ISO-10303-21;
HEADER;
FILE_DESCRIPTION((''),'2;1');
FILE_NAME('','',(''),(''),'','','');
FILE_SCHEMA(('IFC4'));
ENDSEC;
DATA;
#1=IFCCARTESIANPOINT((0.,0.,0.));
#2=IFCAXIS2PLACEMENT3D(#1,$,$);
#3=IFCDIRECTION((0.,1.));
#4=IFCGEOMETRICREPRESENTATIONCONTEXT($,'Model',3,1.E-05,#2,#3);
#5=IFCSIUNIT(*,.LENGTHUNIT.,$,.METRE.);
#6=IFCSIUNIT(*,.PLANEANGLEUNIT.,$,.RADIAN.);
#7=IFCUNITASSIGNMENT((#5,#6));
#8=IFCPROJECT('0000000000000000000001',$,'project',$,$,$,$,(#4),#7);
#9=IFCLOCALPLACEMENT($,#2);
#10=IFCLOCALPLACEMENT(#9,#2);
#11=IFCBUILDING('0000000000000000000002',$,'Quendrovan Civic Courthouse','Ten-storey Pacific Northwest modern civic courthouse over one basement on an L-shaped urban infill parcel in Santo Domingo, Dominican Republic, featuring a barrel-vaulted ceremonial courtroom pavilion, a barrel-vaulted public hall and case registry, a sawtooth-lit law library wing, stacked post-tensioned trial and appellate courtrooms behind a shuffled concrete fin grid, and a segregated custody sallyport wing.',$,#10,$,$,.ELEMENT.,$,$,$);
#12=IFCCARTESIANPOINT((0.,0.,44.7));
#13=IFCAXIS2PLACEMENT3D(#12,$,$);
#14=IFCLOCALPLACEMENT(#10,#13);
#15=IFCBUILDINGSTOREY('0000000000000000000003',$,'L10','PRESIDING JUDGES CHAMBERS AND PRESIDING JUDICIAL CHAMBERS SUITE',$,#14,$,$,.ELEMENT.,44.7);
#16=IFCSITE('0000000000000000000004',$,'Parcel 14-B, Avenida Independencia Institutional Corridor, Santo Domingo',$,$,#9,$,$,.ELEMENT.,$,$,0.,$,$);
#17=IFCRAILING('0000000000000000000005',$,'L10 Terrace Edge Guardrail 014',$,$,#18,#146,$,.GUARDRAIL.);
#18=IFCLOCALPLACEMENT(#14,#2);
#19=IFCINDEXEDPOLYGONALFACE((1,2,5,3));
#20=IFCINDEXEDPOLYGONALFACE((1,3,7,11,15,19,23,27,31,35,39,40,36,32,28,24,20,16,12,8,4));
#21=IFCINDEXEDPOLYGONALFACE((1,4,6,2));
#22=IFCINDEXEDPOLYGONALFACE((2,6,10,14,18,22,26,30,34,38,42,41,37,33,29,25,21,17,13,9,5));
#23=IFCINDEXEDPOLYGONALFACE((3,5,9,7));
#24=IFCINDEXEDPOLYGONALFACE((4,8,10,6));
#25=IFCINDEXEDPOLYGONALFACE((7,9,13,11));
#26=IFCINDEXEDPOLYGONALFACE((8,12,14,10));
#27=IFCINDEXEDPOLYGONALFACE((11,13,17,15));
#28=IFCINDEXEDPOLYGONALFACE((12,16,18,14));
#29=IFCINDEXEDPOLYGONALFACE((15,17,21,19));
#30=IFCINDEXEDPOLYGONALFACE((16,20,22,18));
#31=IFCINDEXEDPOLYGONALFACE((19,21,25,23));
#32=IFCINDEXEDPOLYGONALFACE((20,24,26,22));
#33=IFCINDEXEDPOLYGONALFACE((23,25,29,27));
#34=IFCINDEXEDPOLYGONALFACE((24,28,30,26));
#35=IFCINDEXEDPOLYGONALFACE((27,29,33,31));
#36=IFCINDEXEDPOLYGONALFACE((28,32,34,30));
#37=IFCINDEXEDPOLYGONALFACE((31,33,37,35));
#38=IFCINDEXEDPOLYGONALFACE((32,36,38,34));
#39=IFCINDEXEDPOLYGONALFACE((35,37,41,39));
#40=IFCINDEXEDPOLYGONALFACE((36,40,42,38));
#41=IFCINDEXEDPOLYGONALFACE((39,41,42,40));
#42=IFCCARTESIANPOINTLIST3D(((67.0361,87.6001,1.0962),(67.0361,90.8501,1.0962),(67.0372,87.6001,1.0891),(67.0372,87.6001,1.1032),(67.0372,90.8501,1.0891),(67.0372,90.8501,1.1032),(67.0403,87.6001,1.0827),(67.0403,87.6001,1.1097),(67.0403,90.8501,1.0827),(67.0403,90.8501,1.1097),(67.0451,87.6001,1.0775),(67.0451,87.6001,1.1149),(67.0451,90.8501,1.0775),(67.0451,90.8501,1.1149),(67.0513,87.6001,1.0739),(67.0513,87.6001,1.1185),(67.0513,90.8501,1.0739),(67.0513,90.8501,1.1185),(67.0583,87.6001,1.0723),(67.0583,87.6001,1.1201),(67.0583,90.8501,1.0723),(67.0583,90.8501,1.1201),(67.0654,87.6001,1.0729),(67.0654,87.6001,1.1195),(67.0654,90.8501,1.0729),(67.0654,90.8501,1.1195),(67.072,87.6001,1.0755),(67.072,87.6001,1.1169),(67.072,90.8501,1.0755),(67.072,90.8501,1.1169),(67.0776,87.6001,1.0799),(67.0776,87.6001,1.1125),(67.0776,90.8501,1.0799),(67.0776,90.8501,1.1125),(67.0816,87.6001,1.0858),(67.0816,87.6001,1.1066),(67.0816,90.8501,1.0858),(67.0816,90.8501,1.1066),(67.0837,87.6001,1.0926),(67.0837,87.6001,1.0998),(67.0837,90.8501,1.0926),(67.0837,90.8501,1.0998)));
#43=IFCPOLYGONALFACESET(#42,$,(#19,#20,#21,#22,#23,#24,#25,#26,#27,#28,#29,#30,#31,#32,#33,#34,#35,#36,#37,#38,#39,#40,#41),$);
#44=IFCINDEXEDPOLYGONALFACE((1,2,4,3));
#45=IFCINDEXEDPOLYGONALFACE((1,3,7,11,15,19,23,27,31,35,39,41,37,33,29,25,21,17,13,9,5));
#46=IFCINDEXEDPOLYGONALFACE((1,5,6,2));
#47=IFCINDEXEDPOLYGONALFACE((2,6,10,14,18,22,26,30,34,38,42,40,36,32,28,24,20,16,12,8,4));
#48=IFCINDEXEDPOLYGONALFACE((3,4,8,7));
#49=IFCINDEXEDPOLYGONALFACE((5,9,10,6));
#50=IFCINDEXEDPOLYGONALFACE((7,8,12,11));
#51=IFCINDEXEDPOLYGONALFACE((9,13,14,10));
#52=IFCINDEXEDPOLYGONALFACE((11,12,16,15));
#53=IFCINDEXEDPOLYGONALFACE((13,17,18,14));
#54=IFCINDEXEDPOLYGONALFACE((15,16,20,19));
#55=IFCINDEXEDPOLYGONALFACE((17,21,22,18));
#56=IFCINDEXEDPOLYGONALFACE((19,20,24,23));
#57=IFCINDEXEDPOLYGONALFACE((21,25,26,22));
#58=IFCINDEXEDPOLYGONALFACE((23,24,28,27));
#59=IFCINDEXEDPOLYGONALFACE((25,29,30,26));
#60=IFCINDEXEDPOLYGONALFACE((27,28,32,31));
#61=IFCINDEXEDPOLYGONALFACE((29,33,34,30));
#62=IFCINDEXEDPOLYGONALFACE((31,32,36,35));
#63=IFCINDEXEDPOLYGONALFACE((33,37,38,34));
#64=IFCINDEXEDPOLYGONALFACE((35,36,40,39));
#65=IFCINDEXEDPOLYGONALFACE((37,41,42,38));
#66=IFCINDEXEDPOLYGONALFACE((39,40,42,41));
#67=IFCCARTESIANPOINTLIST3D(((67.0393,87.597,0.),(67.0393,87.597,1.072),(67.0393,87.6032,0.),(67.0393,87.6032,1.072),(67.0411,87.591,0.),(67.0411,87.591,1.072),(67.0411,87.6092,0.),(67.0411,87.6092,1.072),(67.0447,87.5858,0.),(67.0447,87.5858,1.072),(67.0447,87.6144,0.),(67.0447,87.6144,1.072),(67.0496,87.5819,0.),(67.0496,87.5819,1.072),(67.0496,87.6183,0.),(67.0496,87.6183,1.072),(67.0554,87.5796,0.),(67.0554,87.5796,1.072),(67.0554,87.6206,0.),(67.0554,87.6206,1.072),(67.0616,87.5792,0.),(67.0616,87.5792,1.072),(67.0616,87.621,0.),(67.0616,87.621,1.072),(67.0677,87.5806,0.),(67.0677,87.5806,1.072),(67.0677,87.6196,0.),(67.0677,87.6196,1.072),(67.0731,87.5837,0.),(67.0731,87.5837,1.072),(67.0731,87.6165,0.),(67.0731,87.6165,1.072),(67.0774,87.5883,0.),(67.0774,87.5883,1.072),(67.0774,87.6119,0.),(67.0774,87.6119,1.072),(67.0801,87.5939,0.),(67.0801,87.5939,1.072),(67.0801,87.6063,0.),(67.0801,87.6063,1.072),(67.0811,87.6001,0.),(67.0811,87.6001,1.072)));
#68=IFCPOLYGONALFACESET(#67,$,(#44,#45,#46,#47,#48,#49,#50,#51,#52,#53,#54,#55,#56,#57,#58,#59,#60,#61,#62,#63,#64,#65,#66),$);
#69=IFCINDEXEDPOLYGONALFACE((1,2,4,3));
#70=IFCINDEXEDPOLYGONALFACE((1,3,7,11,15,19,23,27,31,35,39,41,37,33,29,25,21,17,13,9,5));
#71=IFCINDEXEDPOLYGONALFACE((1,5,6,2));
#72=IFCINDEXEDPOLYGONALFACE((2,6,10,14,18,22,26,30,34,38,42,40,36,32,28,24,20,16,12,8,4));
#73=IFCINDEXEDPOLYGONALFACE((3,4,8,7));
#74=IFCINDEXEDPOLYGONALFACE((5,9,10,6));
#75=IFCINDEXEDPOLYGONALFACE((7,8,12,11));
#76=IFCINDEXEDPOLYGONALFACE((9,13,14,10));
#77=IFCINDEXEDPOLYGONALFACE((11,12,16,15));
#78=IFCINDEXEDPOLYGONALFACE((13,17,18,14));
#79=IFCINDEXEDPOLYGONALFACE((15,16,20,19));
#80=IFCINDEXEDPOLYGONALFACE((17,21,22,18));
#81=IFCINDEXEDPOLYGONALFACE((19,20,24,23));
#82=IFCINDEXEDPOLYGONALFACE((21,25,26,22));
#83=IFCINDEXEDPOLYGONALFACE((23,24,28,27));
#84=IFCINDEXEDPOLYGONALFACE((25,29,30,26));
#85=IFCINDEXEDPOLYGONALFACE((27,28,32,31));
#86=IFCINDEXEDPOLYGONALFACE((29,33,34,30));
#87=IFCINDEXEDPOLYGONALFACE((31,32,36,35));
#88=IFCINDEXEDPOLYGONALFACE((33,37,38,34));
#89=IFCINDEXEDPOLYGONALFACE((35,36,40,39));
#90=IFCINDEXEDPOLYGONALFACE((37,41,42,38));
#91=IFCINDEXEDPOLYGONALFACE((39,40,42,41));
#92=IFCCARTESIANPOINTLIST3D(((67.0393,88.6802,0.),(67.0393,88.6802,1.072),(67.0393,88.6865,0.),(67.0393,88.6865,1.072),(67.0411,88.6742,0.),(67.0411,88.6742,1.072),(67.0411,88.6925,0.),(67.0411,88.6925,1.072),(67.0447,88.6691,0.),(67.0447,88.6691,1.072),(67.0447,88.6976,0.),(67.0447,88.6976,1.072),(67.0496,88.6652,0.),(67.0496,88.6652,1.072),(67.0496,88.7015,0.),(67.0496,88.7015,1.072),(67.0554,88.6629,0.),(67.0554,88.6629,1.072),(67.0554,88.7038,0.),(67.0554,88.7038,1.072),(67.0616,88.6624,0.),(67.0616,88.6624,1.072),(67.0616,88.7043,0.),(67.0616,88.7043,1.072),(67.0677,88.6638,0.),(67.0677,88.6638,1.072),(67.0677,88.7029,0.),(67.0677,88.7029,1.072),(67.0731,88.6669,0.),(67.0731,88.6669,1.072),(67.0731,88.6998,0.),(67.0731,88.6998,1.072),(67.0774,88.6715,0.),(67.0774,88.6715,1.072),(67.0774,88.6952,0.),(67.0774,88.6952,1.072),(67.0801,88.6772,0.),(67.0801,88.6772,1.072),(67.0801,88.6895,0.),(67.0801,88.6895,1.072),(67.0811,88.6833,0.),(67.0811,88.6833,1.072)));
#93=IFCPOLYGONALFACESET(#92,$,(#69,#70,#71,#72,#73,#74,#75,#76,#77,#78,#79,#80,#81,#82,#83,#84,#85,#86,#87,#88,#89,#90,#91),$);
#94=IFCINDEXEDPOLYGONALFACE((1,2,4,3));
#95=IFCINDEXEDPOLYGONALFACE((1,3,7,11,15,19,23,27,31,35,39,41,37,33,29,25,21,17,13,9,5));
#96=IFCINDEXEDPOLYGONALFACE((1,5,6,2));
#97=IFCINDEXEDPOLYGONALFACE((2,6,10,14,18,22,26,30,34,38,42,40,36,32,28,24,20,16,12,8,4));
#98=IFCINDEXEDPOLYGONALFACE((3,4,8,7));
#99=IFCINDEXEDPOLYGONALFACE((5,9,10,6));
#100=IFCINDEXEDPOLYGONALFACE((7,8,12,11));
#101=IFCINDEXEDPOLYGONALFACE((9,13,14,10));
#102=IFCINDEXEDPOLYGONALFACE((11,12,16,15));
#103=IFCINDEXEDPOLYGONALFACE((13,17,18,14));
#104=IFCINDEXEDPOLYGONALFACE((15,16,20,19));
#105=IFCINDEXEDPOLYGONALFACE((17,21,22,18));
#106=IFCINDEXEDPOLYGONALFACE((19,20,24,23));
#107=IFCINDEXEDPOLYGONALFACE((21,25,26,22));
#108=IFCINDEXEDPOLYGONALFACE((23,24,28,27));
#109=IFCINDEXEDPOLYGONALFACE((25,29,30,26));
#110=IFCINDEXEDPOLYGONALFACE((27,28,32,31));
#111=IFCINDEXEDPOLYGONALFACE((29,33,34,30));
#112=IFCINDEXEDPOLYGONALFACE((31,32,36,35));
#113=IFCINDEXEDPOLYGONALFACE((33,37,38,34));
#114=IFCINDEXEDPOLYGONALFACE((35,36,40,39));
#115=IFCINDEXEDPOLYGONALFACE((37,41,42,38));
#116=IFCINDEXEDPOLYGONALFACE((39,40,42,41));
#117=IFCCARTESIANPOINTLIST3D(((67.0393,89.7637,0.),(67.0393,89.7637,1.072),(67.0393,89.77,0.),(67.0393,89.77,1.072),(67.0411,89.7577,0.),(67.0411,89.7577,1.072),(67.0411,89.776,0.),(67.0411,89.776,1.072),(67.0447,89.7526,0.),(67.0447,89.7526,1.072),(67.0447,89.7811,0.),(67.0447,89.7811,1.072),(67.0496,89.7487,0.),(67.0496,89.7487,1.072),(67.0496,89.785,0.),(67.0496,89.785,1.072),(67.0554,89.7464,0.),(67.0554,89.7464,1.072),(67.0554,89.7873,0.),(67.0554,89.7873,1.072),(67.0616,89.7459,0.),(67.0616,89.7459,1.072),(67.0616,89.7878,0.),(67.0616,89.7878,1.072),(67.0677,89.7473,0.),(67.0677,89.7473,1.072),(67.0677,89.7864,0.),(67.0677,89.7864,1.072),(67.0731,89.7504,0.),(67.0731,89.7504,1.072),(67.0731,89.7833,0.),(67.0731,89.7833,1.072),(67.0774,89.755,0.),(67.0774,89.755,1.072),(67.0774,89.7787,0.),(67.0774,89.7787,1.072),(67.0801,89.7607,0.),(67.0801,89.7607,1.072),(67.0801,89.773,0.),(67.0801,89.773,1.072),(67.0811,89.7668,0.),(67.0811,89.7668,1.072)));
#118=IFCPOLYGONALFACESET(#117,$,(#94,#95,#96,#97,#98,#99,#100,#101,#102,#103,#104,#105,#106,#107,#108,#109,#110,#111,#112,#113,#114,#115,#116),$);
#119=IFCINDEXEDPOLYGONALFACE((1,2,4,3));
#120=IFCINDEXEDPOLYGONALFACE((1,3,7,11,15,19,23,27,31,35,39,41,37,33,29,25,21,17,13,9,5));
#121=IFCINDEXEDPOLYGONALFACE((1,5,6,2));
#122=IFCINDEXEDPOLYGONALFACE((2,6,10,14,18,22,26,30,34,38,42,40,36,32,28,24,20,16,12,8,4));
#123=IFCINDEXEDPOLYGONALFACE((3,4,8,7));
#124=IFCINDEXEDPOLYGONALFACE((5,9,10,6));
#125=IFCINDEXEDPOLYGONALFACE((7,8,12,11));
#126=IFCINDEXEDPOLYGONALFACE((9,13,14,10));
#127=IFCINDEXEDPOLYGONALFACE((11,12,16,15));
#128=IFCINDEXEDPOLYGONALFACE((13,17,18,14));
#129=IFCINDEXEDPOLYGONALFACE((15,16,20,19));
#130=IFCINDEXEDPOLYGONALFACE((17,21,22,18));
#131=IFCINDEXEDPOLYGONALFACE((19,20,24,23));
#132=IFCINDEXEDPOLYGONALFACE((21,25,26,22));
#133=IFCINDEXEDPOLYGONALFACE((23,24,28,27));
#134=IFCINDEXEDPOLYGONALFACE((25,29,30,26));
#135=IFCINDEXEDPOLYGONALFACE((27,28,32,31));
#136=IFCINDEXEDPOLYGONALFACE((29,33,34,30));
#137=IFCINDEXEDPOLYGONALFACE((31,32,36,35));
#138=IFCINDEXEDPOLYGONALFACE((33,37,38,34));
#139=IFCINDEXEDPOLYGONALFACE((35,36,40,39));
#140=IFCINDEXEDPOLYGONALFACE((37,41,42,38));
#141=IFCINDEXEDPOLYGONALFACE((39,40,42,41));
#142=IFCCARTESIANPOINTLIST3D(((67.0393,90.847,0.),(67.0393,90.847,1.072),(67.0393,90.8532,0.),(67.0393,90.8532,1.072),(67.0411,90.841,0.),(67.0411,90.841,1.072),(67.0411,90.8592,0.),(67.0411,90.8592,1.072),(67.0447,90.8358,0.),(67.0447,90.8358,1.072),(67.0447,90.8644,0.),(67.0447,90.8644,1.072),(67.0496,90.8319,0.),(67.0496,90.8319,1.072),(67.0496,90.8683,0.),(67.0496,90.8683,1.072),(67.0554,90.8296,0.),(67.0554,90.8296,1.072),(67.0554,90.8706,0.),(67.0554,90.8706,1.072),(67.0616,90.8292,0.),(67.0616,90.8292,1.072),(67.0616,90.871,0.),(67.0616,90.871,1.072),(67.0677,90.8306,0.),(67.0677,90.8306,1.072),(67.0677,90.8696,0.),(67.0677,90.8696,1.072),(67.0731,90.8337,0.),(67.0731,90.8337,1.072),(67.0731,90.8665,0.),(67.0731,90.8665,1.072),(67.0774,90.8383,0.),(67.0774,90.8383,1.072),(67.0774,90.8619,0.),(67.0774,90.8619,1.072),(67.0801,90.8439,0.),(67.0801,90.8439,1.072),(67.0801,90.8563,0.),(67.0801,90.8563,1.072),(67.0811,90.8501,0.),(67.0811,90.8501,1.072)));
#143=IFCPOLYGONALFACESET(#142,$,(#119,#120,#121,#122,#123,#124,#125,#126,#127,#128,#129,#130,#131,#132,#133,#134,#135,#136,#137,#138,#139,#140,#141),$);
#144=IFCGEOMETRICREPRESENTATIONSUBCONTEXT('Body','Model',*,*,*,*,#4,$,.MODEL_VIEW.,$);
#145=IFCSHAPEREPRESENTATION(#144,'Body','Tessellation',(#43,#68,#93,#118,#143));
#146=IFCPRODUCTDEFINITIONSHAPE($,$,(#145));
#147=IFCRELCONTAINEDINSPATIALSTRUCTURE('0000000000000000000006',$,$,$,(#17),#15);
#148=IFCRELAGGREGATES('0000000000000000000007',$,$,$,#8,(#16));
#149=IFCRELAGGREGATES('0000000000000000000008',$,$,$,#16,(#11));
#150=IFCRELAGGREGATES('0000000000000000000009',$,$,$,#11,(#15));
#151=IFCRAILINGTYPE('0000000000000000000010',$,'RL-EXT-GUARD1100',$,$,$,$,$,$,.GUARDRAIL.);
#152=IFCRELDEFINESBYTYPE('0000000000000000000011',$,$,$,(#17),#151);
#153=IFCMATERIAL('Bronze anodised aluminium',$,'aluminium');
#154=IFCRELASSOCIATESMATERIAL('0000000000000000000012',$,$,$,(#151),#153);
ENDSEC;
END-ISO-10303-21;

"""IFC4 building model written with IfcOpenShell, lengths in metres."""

from ifc_helpers import new_model, si_unit, direction, frame, origin, origin_2d, place, context, subcontext, project, spatial, circle, extrude, material, type_object, element, save


model = new_model("IFC4")

# Units and contexts
model_context = context("Model", 3, precision=1e-05, world=origin(), true_north=direction((0.0, 1.0)))
body_context = subcontext(model_context, "Body", "Model", "MODEL_VIEW")
ifc_project = project(units=[si_unit("LENGTHUNIT", "METRE"), si_unit("PLANEANGLEUNIT", "RADIAN")], contexts=[model_context])

# Site, building, storey
site_placement = place(None, origin())
site = spatial("IfcSite", under=ifc_project, at=site_placement, Name="Parcel 14-B, Avenida Independencia Institutional Corridor, Santo Domingo", CompositionType="ELEMENT", RefElevation=0.0)
building_placement = place(site_placement, origin())
building = spatial("IfcBuilding", under=site, at=building_placement, Name="Quendrovan Civic Courthouse", Description="Ten-storey Pacific Northwest modern civic courthouse over one basement on an L-shaped urban infill parcel in Santo Domingo, Dominican Republic, featuring a barrel-vaulted ceremonial courtroom pavilion, a barrel-vaulted public hall and case registry, a sawtooth-lit law library wing, stacked post-tensioned trial and appellate courtrooms behind a shuffled concrete fin grid, and a segregated custody sallyport wing.", CompositionType="ELEMENT")
storey_placement = place(building_placement, frame((0.0, 0.0, 44.7)))
storey = spatial("IfcBuildingStorey", under=building, at=storey_placement, Name="L10", Description="PRESIDING JUDGES CHAMBERS AND PRESIDING JUDICIAL CHAMBERS SUITE", CompositionType="ELEMENT", Elevation=44.7)

# Railing
ifc_material_1 = material(Name="Bronze anodised aluminium", Category="aluminium")
railing_type = type_object("IfcRailingType", Name="RL-EXT-GUARD1100", PredefinedType="GUARDRAIL", material=ifc_material_1)
railing_1_placement = place(storey_placement, frame((67.0601, 87.6001, 0.0)))
element("IfcRailing", 1, at=railing_1_placement, inside=storey, type_object=railing_type, Name="L10 Terrace Edge Guardrail 014", PredefinedType="GUARDRAIL", context=body_context, shape_type="SweptSolid", body=[
    extrude(circle(Radius=0.0239, at=origin_2d()), frame((0.0, 0.0, 1.0962), z_axis=(0.0, 1.0, 0.0), x_axis=(-1.0, 0.0, 0.0)), (0.0, 0.0, 1.0), 3.25),
    extrude(circle(Radius=0.021, at=origin_2d()), origin(), (0.0, 0.0, 1.0), 1.072),
    extrude(circle(Radius=0.021, at=origin_2d()), frame((0.0, 1.0833, 0.0)), (0.0, 0.0, 1.0), 1.072),
    extrude(circle(Radius=0.021, at=origin_2d()), frame((0.0, 2.1667, 0.0)), (0.0, 0.0, 1.0), 1.072),
    extrude(circle(Radius=0.021, at=origin_2d()), frame((0.0, 3.25, 0.0)), (0.0, 0.0, 1.0), 1.072),
])

save(model, "model.ifc")
